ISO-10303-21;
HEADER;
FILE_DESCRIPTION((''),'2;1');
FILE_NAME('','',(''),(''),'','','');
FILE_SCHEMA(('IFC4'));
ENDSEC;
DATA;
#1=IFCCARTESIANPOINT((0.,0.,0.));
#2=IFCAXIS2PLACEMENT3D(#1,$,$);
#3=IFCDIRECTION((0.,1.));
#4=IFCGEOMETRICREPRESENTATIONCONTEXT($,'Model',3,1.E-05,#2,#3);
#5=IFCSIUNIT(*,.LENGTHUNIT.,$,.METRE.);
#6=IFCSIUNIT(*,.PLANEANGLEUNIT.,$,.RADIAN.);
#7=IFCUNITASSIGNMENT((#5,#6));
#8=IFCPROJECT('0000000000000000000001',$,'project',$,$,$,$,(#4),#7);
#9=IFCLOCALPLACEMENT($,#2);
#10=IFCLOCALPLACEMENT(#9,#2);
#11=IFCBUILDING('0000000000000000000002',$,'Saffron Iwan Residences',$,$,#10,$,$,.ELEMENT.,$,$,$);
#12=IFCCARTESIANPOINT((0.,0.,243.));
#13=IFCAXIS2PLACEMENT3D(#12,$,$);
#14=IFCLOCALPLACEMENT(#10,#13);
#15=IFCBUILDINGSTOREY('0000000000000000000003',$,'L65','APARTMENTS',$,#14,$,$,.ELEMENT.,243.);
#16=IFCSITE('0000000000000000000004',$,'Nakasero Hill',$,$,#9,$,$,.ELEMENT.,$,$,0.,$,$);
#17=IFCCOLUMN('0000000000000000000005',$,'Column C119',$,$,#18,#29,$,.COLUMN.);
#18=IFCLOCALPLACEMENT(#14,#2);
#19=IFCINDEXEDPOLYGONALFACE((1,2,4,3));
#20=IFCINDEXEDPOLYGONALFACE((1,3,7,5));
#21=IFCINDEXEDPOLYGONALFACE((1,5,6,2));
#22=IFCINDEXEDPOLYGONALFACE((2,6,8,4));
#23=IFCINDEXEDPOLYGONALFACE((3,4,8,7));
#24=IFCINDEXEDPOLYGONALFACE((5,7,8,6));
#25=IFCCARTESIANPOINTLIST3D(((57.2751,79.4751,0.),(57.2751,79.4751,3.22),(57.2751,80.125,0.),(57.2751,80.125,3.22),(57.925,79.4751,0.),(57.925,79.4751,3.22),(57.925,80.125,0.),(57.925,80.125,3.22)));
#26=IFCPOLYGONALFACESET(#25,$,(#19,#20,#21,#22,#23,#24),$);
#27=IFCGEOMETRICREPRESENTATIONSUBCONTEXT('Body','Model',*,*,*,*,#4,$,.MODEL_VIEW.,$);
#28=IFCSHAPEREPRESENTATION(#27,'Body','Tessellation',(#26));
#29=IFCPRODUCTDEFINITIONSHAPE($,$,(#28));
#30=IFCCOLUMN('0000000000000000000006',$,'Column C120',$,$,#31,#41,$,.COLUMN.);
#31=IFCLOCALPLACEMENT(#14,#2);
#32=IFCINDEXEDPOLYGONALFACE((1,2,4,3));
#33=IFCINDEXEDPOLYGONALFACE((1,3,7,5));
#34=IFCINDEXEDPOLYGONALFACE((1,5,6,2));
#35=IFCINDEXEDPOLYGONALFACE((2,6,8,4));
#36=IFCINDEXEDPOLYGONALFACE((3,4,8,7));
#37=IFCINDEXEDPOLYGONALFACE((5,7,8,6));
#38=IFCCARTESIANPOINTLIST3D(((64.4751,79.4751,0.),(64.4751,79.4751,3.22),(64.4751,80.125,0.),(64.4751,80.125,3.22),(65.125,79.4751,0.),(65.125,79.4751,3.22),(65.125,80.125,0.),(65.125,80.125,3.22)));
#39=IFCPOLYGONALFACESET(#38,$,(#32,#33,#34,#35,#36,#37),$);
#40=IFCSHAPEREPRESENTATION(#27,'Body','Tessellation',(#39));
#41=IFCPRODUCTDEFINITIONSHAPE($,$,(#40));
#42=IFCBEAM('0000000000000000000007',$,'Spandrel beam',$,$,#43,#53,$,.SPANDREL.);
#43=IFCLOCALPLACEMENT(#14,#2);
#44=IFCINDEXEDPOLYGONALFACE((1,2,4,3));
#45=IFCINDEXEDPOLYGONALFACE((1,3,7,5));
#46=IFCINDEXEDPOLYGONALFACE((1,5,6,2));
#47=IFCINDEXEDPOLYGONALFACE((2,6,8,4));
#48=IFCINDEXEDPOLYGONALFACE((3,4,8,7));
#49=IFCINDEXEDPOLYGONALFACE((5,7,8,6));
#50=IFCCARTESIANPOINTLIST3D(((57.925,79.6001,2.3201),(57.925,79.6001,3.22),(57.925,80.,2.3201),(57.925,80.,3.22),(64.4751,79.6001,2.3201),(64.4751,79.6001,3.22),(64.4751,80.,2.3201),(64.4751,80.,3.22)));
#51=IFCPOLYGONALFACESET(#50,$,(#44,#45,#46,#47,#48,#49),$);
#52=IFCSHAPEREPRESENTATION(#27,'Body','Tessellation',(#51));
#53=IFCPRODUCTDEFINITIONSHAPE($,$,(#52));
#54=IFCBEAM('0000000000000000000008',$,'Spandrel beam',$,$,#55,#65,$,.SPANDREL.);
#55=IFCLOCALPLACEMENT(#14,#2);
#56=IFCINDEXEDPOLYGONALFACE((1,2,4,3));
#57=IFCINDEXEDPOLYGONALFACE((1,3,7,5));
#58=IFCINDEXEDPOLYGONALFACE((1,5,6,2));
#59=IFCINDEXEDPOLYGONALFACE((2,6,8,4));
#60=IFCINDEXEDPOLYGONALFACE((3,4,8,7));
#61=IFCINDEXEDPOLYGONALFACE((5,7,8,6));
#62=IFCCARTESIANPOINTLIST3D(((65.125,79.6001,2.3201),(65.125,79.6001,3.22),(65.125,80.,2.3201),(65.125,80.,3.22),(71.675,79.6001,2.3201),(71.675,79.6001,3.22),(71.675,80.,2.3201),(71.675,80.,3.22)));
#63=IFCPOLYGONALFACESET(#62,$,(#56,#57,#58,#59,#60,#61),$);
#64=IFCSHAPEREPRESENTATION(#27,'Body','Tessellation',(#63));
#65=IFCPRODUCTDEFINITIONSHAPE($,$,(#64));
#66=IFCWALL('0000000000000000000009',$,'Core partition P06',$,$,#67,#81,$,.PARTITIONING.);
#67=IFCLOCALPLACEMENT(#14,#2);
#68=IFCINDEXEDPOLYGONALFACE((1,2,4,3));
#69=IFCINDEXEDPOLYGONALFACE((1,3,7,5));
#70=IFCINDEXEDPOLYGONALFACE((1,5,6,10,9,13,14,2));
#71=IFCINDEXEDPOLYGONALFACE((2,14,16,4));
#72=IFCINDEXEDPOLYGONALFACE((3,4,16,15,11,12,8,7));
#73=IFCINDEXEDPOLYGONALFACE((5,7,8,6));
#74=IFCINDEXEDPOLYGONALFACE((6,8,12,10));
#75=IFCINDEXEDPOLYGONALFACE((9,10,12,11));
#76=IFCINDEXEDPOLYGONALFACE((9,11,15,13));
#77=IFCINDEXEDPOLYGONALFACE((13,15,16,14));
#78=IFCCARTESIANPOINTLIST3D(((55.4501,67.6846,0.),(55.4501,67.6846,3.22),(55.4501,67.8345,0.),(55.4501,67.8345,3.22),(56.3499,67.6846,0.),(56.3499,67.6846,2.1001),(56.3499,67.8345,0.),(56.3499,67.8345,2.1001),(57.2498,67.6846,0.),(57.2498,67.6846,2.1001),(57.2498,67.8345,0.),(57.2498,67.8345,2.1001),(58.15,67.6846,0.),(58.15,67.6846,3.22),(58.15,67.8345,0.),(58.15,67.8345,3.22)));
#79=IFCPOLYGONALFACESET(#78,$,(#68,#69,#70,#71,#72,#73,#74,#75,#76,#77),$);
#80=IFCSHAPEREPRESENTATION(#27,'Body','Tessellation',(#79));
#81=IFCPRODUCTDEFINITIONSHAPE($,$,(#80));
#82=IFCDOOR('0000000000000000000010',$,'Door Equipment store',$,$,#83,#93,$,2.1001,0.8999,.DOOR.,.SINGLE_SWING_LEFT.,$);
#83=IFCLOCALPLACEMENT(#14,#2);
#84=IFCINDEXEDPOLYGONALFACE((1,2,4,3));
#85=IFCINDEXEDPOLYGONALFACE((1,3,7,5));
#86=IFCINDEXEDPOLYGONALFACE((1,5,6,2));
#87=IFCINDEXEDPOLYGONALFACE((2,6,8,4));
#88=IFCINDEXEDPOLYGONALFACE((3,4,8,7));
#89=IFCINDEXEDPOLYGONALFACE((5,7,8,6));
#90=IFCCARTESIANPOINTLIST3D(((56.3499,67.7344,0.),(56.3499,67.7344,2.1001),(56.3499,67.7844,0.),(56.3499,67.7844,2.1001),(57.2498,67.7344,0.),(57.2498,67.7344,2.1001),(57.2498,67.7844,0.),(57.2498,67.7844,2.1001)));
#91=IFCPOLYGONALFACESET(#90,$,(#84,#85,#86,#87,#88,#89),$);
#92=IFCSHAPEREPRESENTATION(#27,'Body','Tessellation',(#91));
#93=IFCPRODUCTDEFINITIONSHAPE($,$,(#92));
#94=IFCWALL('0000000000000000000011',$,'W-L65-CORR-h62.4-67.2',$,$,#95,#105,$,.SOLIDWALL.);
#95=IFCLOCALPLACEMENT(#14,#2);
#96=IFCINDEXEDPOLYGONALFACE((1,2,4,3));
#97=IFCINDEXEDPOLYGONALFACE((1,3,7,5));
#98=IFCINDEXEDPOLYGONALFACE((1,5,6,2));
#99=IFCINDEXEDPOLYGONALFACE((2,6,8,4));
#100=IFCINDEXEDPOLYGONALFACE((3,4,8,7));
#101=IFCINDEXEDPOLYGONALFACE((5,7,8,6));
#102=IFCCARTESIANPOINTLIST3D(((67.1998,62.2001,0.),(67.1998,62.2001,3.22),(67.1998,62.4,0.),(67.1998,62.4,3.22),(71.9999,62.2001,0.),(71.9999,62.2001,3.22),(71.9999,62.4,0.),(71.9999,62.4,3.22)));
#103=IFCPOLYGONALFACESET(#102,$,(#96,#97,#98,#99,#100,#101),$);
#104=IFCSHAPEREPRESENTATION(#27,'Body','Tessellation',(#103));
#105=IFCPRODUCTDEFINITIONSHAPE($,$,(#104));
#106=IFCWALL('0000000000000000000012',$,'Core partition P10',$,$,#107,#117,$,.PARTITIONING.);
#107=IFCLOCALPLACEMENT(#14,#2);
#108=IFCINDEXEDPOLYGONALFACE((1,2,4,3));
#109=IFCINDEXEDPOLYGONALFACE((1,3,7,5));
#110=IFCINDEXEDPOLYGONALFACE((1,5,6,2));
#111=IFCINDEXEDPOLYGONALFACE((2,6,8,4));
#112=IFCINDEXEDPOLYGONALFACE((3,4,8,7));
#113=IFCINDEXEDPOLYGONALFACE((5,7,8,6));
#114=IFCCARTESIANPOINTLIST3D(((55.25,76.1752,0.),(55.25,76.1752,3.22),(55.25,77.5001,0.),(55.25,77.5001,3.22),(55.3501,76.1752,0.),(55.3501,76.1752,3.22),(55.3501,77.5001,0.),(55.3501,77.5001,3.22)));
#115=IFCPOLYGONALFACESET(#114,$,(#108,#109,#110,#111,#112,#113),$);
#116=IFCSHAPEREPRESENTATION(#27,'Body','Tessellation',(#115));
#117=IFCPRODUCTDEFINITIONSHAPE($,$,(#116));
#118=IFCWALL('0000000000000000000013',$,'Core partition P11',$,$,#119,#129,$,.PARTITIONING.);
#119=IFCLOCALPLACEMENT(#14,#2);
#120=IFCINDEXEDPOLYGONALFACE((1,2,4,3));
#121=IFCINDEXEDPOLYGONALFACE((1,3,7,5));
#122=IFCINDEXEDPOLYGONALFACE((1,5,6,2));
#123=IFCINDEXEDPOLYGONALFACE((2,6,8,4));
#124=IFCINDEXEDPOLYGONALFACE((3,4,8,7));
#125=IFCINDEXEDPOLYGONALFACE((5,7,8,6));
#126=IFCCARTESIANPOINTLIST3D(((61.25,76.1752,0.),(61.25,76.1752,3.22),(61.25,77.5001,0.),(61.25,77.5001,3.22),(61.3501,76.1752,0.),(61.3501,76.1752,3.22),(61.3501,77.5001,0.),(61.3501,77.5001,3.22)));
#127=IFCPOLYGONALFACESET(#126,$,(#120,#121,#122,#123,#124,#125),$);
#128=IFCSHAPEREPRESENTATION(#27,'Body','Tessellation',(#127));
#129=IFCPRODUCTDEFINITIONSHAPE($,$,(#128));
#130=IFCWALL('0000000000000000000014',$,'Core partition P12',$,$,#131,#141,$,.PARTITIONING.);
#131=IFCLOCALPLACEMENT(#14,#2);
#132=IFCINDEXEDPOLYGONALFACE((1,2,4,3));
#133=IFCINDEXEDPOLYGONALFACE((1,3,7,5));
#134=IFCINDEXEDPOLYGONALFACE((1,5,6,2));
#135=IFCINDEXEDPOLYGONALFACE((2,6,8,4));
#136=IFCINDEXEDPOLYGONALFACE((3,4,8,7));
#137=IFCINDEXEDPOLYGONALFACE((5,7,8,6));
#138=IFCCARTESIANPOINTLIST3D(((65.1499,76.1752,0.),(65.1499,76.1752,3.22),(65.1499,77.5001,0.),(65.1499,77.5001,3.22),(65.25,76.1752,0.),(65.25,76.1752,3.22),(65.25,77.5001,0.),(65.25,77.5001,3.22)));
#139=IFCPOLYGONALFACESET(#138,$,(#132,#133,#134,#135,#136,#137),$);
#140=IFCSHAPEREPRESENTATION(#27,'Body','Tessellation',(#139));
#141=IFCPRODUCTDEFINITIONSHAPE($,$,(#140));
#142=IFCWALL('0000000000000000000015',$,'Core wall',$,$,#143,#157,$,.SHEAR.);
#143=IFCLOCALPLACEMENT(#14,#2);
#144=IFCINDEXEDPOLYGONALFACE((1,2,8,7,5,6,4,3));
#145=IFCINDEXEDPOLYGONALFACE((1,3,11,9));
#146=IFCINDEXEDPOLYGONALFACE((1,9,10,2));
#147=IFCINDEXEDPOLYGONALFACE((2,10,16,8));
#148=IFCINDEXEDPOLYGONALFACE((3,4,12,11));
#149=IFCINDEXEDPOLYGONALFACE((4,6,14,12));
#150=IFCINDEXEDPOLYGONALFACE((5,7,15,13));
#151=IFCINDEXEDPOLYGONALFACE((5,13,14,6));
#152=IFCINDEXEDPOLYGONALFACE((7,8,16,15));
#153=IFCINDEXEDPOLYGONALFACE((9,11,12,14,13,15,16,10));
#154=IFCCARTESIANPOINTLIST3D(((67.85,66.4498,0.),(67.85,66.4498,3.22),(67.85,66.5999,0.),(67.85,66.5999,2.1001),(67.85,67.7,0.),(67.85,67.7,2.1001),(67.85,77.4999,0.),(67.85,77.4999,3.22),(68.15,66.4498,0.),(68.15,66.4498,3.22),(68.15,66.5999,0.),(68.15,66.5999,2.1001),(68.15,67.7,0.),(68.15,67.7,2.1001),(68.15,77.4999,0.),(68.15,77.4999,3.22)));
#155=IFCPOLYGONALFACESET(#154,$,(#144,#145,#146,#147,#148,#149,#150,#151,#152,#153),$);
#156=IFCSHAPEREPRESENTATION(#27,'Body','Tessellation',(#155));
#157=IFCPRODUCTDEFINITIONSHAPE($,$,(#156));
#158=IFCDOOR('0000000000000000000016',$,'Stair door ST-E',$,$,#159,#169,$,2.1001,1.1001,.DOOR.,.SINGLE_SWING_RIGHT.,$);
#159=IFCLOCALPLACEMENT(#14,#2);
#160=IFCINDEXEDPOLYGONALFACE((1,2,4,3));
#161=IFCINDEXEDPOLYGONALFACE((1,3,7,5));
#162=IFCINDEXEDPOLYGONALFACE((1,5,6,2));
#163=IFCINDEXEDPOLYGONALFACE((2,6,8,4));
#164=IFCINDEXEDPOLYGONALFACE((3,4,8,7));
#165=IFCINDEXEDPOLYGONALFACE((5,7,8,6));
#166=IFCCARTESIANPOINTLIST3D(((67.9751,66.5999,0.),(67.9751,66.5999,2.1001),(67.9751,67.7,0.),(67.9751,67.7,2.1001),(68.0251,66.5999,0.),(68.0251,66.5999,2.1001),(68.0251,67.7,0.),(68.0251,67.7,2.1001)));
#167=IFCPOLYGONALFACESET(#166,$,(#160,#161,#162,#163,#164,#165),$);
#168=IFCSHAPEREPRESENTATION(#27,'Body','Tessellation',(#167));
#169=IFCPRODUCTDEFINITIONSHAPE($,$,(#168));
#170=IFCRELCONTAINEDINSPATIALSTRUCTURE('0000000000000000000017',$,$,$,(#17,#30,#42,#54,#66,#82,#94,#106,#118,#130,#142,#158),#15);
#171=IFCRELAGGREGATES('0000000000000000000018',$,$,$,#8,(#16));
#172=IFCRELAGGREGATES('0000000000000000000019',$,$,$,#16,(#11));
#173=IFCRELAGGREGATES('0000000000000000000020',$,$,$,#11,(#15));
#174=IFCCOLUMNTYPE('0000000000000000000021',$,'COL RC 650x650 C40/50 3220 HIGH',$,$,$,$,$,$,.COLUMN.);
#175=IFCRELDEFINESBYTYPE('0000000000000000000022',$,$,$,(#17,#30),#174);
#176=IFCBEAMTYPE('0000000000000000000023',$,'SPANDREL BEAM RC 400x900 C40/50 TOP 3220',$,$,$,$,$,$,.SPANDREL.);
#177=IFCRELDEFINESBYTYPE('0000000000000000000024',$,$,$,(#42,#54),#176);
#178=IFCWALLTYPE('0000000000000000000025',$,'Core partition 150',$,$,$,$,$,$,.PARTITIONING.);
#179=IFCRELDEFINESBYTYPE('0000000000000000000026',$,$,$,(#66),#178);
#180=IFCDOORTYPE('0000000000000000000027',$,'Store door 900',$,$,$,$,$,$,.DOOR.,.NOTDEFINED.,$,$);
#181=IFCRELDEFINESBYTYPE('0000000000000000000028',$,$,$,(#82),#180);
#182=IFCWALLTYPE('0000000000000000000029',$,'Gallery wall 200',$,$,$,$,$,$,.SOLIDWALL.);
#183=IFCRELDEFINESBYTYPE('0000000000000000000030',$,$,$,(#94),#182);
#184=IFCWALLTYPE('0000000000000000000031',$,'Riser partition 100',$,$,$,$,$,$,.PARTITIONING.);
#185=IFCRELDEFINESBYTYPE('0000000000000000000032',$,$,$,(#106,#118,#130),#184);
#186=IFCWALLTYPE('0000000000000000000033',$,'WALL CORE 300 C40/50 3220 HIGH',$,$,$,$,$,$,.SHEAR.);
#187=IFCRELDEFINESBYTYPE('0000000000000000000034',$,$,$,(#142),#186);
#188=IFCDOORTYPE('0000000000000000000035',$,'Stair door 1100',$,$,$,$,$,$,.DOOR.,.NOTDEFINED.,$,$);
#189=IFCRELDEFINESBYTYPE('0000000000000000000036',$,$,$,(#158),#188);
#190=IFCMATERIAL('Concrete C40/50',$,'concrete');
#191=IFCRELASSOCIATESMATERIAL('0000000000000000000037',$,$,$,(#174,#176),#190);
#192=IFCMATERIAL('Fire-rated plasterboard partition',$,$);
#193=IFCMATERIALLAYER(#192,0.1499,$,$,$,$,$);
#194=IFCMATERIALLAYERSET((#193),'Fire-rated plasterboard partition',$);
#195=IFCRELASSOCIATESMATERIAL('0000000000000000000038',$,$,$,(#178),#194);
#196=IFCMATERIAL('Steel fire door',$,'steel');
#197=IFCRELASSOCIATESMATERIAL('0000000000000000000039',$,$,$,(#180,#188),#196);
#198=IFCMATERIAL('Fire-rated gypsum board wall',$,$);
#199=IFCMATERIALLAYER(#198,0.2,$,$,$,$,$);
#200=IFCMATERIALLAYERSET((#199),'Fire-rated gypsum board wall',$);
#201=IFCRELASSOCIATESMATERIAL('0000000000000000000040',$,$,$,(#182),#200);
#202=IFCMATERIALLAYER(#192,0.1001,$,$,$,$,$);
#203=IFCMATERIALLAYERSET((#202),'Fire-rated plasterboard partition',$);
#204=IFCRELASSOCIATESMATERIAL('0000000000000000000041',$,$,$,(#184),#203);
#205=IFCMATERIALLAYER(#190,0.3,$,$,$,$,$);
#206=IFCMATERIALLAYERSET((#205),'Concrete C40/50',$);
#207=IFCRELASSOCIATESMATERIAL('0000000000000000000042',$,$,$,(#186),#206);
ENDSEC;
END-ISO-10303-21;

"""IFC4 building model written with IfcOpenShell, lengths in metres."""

from ifc_helpers import new_model, si_unit, direction, frame, frame_2d, origin, origin_2d, place, context, subcontext, project, spatial, rectangle, extrude, source, transform, mapped, material, layer, layer_set, material_profile, profile_set, type_object, element, fill, save


model = new_model("IFC4")

# Units and contexts
model_context = context("Model", 3, precision=1e-05, world=origin(), true_north=direction((0.0, 1.0)))
body_context = subcontext(model_context, "Body", "Model", "MODEL_VIEW")
ifc_project = project(units=[si_unit("LENGTHUNIT", "METRE"), si_unit("PLANEANGLEUNIT", "RADIAN")], contexts=[model_context])

# Site, building, storey
site_placement = place(None, origin())
site = spatial("IfcSite", under=ifc_project, at=site_placement, Name="Nakasero Hill", CompositionType="ELEMENT", RefElevation=0.0)
building_placement = place(site_placement, origin())
building = spatial("IfcBuilding", under=site, at=building_placement, Name="Saffron Iwan Residences", CompositionType="ELEMENT")
storey_placement = place(building_placement, frame((0.0, 0.0, 243.0)))
storey = spatial("IfcBuildingStorey", under=building, at=storey_placement, Name="L65", Description="APARTMENTS", CompositionType="ELEMENT", Elevation=243.0)

# Columns
ifc_material_1 = material(Name="Concrete C40/50", Category="concrete")
ifc_material_profile_1 = material_profile(ifc_material_1, rectangle(XDim=0.6499, YDim=0.6499, at=origin_2d()), Name="RC 650x650")
ifc_profile_set_1 = profile_set([ifc_material_profile_1], Name="Concrete C40/50")
column_type = type_object("IfcColumnType", Name="COL RC 650x650 C40/50 3220 HIGH", PredefinedType="COLUMN", material=ifc_profile_set_1)
shared_shape_1 = source(origin(), body_context, "Body", "SweptSolid", [
    extrude(rectangle(XDim=0.6499, YDim=0.6499, at=origin_2d()), origin(), (0.0, 0.0, 1.0), 3.22),
])
for number, where, z_axis, x_axis, name in (
    (1, (57.6001, 79.8, 0.0), (0.0, 0.0, 1.0), (1.0, 0.0, 0.0), "Column C119"),
    (2, (64.8, 79.8, 0.0), (0.0, 0.0, 1.0), (1.0, 0.0, 0.0), "Column C120"),
):
    element("IfcColumn", number, at=place(storey_placement, frame(where, z_axis=z_axis, x_axis=x_axis)), inside=storey, type_object=column_type, Name=name, PredefinedType="COLUMN", context=body_context, shape_type="MappedRepresentation", body=[
        mapped(shared_shape_1, transform((0.0, 0.0, 0.0))),
    ])

# Beams
ifc_material_profile_2 = material_profile(ifc_material_1, rectangle(XDim=0.3999, YDim=0.8999, at=origin_2d()), Name="RC 400x900")
ifc_profile_set_2 = profile_set([ifc_material_profile_2], Name="Concrete C40/50")
beam_type = type_object("IfcBeamType", Name="SPANDREL BEAM RC 400x900 C40/50 TOP 3220", PredefinedType="SPANDREL", material=ifc_profile_set_2)
shared_shape_2 = source(origin(), body_context, "Body", "SweptSolid", [
    extrude(rectangle(XDim=0.3999, YDim=0.8999, at=origin_2d()), origin(), (0.0, 0.0, 1.0), 6.55),
])
for number, where, z_axis, x_axis, name in (
    (3, (57.925, 79.8, 2.77), (1.0, 0.0, 0.0), (0.0, 1.0, 0.0), "Spandrel beam"),
    (4, (65.125, 79.8, 2.77), (1.0, 0.0, 0.0), (0.0, 1.0, 0.0), "Spandrel beam"),
):
    element("IfcBeam", number, at=place(storey_placement, frame(where, z_axis=z_axis, x_axis=x_axis)), inside=storey, type_object=beam_type, Name=name, PredefinedType="SPANDREL", context=body_context, shape_type="MappedRepresentation", body=[
        mapped(shared_shape_2, transform((0.0, 0.0, 0.0))),
    ])

# Wall, opening, door
ifc_material_2 = material(Name="Fire-rated plasterboard partition")
ifc_layer_1 = layer(ifc_material_2, 0.1499)
ifc_layer_set_1 = layer_set([ifc_layer_1], Name="Fire-rated plasterboard partition")
wall_type_1 = type_object("IfcWallType", Name="Core partition 150", PredefinedType="PARTITIONING", material=ifc_layer_set_1)
wall_1_placement = place(storey_placement, frame((55.45, 67.7595, 0.0), z_axis=(0.0, 0.0, 1.0), x_axis=(1.0, 0.0, 0.0)))
wall_1 = element("IfcWall", 5, at=wall_1_placement, inside=storey, type_object=wall_type_1, Name="Core partition P06", PredefinedType="PARTITIONING", context=body_context, shape_type="SweptSolid", body=[
    extrude(rectangle(XDim=2.7, YDim=0.1499, at=frame_2d((1.3501, 0.0))), origin(), (0.0, 0.0, 1.0), 3.22),
])
opening_1_placement = place(wall_1_placement, frame((0.8999, 0.0, 0.0)))
opening_1 = element("IfcOpeningElement", 6, at=opening_1_placement, cuts=wall_1, PredefinedType="OPENING", context=body_context, shape_type="SweptSolid", body=[
    extrude(rectangle(XDim=0.8999, YDim=2.1001, at=frame_2d((0.45, 1.05))), frame((0.0, 0.085, 0.0), z_axis=(0.0, -1.0, 0.0), x_axis=(1.0, 0.0, 0.0)), (0.0, 0.0, 1.0), 0.1699),
])
ifc_material_3 = material(Name="Steel fire door", Category="steel")
door_type_1 = type_object("IfcDoorType", Name="Store door 900", OperationType="NOTDEFINED", PredefinedType="DOOR", material=ifc_material_3)
door_1_placement = place(opening_1_placement, origin())
door_1 = element("IfcDoor", 7, at=door_1_placement, inside=storey, type_object=door_type_1, Name="Door Equipment store", OperationType="SINGLE_SWING_LEFT", OverallHeight=2.1001, OverallWidth=0.8999, PredefinedType="DOOR", context=body_context, shape_type="SweptSolid", body=[
    extrude(rectangle(XDim=0.8999, YDim=2.1001, at=frame_2d((0.45, 1.05))), frame((0.0, 0.0249, 0.0), z_axis=(0.0, -1.0, 0.0), x_axis=(1.0, 0.0, 0.0)), (0.0, 0.0, 1.0), 0.05),
])
fill(opening_1, door_1)

# Walls
ifc_material_4 = material(Name="Fire-rated gypsum board wall")
ifc_layer_2 = layer(ifc_material_4, 0.2)
ifc_layer_set_2 = layer_set([ifc_layer_2], Name="Fire-rated gypsum board wall")
wall_type_2 = type_object("IfcWallType", Name="Gallery wall 200", PredefinedType="SOLIDWALL", material=ifc_layer_set_2)
wall_2_placement = place(storey_placement, frame((67.2, 62.3, 0.0), z_axis=(0.0, 0.0, 1.0), x_axis=(1.0, 0.0, 0.0)))
element("IfcWall", 8, at=wall_2_placement, inside=storey, type_object=wall_type_2, Name="W-L65-CORR-h62.4-67.2", PredefinedType="SOLIDWALL", context=body_context, shape_type="SweptSolid", body=[
    extrude(rectangle(XDim=4.8, YDim=0.2, at=frame_2d((2.3999, 0.0))), origin(), (0.0, 0.0, 1.0), 3.22),
])
ifc_layer_3 = layer(ifc_material_2, 0.1001)
ifc_layer_set_3 = layer_set([ifc_layer_3], Name="Fire-rated plasterboard partition")
wall_type_3 = type_object("IfcWallType", Name="Riser partition 100", PredefinedType="PARTITIONING", material=ifc_layer_set_3)
for number, where, z_axis, x_axis, name in (
    (9, (55.3, 76.175, 0.0), (0.0, 0.0, 1.0), (0.0, 1.0, 0.0), "Core partition P10"),
    (10, (61.3, 76.175, 0.0), (0.0, 0.0, 1.0), (0.0, 1.0, 0.0), "Core partition P11"),
    (11, (65.2, 76.175, 0.0), (0.0, 0.0, 1.0), (0.0, 1.0, 0.0), "Core partition P12"),
):
    element("IfcWall", number, at=place(storey_placement, frame(where, z_axis=z_axis, x_axis=x_axis)), inside=storey, type_object=wall_type_3, Name=name, PredefinedType="PARTITIONING", context=body_context, shape_type="SweptSolid", body=[
        extrude(rectangle(XDim=1.325, YDim=0.1001, at=frame_2d((0.6626, 0.0))), origin(), (0.0, 0.0, 1.0), 3.22),
    ])

# Wall, opening, door
ifc_layer_4 = layer(ifc_material_1, 0.3)
ifc_layer_set_4 = layer_set([ifc_layer_4], Name="Concrete C40/50")
wall_type_4 = type_object("IfcWallType", Name="WALL CORE 300 C40/50 3220 HIGH", PredefinedType="SHEAR", material=ifc_layer_set_4)
wall_3_placement = place(storey_placement, frame((68.0, 66.45, 0.0), z_axis=(0.0, 0.0, 1.0), x_axis=(0.0, 1.0, 0.0)))
wall_3 = element("IfcWall", 12, at=wall_3_placement, inside=storey, type_object=wall_type_4, Name="Core wall", PredefinedType="SHEAR", context=body_context, shape_type="SweptSolid", body=[
    extrude(rectangle(XDim=11.05, YDim=0.3, at=frame_2d((5.5249, 0.0))), origin(), (0.0, 0.0, 1.0), 3.22),
])
opening_2_placement = place(wall_3_placement, frame((0.1499, 0.0, 0.0)))
opening_2 = element("IfcOpeningElement", 13, at=opening_2_placement, cuts=wall_3, PredefinedType="OPENING", context=body_context, shape_type="SweptSolid", body=[
    extrude(rectangle(XDim=1.1001, YDim=2.1001, at=frame_2d((0.55, 1.05))), frame((0.0, 0.1602, 0.0), z_axis=(0.0, -1.0, 0.0), x_axis=(1.0, 0.0, 0.0)), (0.0, 0.0, 1.0), 0.3201),
])
door_type_2 = type_object("IfcDoorType", Name="Stair door 1100", OperationType="NOTDEFINED", PredefinedType="DOOR", material=ifc_material_3)
door_2_placement = place(opening_2_placement, origin())
door_2 = element("IfcDoor", 14, at=door_2_placement, inside=storey, type_object=door_type_2, Name="Stair door ST-E", OperationType="SINGLE_SWING_RIGHT", OverallHeight=2.1001, OverallWidth=1.1001, PredefinedType="DOOR", context=body_context, shape_type="SweptSolid", body=[
    extrude(rectangle(XDim=1.1001, YDim=2.1001, at=frame_2d((0.55, 1.05))), frame((0.0, 0.0249, 0.0), z_axis=(0.0, -1.0, 0.0), x_axis=(1.0, 0.0, 0.0)), (0.0, 0.0, 1.0), 0.05),
])
fill(opening_2, door_2)

save(model, "model.ifc")
